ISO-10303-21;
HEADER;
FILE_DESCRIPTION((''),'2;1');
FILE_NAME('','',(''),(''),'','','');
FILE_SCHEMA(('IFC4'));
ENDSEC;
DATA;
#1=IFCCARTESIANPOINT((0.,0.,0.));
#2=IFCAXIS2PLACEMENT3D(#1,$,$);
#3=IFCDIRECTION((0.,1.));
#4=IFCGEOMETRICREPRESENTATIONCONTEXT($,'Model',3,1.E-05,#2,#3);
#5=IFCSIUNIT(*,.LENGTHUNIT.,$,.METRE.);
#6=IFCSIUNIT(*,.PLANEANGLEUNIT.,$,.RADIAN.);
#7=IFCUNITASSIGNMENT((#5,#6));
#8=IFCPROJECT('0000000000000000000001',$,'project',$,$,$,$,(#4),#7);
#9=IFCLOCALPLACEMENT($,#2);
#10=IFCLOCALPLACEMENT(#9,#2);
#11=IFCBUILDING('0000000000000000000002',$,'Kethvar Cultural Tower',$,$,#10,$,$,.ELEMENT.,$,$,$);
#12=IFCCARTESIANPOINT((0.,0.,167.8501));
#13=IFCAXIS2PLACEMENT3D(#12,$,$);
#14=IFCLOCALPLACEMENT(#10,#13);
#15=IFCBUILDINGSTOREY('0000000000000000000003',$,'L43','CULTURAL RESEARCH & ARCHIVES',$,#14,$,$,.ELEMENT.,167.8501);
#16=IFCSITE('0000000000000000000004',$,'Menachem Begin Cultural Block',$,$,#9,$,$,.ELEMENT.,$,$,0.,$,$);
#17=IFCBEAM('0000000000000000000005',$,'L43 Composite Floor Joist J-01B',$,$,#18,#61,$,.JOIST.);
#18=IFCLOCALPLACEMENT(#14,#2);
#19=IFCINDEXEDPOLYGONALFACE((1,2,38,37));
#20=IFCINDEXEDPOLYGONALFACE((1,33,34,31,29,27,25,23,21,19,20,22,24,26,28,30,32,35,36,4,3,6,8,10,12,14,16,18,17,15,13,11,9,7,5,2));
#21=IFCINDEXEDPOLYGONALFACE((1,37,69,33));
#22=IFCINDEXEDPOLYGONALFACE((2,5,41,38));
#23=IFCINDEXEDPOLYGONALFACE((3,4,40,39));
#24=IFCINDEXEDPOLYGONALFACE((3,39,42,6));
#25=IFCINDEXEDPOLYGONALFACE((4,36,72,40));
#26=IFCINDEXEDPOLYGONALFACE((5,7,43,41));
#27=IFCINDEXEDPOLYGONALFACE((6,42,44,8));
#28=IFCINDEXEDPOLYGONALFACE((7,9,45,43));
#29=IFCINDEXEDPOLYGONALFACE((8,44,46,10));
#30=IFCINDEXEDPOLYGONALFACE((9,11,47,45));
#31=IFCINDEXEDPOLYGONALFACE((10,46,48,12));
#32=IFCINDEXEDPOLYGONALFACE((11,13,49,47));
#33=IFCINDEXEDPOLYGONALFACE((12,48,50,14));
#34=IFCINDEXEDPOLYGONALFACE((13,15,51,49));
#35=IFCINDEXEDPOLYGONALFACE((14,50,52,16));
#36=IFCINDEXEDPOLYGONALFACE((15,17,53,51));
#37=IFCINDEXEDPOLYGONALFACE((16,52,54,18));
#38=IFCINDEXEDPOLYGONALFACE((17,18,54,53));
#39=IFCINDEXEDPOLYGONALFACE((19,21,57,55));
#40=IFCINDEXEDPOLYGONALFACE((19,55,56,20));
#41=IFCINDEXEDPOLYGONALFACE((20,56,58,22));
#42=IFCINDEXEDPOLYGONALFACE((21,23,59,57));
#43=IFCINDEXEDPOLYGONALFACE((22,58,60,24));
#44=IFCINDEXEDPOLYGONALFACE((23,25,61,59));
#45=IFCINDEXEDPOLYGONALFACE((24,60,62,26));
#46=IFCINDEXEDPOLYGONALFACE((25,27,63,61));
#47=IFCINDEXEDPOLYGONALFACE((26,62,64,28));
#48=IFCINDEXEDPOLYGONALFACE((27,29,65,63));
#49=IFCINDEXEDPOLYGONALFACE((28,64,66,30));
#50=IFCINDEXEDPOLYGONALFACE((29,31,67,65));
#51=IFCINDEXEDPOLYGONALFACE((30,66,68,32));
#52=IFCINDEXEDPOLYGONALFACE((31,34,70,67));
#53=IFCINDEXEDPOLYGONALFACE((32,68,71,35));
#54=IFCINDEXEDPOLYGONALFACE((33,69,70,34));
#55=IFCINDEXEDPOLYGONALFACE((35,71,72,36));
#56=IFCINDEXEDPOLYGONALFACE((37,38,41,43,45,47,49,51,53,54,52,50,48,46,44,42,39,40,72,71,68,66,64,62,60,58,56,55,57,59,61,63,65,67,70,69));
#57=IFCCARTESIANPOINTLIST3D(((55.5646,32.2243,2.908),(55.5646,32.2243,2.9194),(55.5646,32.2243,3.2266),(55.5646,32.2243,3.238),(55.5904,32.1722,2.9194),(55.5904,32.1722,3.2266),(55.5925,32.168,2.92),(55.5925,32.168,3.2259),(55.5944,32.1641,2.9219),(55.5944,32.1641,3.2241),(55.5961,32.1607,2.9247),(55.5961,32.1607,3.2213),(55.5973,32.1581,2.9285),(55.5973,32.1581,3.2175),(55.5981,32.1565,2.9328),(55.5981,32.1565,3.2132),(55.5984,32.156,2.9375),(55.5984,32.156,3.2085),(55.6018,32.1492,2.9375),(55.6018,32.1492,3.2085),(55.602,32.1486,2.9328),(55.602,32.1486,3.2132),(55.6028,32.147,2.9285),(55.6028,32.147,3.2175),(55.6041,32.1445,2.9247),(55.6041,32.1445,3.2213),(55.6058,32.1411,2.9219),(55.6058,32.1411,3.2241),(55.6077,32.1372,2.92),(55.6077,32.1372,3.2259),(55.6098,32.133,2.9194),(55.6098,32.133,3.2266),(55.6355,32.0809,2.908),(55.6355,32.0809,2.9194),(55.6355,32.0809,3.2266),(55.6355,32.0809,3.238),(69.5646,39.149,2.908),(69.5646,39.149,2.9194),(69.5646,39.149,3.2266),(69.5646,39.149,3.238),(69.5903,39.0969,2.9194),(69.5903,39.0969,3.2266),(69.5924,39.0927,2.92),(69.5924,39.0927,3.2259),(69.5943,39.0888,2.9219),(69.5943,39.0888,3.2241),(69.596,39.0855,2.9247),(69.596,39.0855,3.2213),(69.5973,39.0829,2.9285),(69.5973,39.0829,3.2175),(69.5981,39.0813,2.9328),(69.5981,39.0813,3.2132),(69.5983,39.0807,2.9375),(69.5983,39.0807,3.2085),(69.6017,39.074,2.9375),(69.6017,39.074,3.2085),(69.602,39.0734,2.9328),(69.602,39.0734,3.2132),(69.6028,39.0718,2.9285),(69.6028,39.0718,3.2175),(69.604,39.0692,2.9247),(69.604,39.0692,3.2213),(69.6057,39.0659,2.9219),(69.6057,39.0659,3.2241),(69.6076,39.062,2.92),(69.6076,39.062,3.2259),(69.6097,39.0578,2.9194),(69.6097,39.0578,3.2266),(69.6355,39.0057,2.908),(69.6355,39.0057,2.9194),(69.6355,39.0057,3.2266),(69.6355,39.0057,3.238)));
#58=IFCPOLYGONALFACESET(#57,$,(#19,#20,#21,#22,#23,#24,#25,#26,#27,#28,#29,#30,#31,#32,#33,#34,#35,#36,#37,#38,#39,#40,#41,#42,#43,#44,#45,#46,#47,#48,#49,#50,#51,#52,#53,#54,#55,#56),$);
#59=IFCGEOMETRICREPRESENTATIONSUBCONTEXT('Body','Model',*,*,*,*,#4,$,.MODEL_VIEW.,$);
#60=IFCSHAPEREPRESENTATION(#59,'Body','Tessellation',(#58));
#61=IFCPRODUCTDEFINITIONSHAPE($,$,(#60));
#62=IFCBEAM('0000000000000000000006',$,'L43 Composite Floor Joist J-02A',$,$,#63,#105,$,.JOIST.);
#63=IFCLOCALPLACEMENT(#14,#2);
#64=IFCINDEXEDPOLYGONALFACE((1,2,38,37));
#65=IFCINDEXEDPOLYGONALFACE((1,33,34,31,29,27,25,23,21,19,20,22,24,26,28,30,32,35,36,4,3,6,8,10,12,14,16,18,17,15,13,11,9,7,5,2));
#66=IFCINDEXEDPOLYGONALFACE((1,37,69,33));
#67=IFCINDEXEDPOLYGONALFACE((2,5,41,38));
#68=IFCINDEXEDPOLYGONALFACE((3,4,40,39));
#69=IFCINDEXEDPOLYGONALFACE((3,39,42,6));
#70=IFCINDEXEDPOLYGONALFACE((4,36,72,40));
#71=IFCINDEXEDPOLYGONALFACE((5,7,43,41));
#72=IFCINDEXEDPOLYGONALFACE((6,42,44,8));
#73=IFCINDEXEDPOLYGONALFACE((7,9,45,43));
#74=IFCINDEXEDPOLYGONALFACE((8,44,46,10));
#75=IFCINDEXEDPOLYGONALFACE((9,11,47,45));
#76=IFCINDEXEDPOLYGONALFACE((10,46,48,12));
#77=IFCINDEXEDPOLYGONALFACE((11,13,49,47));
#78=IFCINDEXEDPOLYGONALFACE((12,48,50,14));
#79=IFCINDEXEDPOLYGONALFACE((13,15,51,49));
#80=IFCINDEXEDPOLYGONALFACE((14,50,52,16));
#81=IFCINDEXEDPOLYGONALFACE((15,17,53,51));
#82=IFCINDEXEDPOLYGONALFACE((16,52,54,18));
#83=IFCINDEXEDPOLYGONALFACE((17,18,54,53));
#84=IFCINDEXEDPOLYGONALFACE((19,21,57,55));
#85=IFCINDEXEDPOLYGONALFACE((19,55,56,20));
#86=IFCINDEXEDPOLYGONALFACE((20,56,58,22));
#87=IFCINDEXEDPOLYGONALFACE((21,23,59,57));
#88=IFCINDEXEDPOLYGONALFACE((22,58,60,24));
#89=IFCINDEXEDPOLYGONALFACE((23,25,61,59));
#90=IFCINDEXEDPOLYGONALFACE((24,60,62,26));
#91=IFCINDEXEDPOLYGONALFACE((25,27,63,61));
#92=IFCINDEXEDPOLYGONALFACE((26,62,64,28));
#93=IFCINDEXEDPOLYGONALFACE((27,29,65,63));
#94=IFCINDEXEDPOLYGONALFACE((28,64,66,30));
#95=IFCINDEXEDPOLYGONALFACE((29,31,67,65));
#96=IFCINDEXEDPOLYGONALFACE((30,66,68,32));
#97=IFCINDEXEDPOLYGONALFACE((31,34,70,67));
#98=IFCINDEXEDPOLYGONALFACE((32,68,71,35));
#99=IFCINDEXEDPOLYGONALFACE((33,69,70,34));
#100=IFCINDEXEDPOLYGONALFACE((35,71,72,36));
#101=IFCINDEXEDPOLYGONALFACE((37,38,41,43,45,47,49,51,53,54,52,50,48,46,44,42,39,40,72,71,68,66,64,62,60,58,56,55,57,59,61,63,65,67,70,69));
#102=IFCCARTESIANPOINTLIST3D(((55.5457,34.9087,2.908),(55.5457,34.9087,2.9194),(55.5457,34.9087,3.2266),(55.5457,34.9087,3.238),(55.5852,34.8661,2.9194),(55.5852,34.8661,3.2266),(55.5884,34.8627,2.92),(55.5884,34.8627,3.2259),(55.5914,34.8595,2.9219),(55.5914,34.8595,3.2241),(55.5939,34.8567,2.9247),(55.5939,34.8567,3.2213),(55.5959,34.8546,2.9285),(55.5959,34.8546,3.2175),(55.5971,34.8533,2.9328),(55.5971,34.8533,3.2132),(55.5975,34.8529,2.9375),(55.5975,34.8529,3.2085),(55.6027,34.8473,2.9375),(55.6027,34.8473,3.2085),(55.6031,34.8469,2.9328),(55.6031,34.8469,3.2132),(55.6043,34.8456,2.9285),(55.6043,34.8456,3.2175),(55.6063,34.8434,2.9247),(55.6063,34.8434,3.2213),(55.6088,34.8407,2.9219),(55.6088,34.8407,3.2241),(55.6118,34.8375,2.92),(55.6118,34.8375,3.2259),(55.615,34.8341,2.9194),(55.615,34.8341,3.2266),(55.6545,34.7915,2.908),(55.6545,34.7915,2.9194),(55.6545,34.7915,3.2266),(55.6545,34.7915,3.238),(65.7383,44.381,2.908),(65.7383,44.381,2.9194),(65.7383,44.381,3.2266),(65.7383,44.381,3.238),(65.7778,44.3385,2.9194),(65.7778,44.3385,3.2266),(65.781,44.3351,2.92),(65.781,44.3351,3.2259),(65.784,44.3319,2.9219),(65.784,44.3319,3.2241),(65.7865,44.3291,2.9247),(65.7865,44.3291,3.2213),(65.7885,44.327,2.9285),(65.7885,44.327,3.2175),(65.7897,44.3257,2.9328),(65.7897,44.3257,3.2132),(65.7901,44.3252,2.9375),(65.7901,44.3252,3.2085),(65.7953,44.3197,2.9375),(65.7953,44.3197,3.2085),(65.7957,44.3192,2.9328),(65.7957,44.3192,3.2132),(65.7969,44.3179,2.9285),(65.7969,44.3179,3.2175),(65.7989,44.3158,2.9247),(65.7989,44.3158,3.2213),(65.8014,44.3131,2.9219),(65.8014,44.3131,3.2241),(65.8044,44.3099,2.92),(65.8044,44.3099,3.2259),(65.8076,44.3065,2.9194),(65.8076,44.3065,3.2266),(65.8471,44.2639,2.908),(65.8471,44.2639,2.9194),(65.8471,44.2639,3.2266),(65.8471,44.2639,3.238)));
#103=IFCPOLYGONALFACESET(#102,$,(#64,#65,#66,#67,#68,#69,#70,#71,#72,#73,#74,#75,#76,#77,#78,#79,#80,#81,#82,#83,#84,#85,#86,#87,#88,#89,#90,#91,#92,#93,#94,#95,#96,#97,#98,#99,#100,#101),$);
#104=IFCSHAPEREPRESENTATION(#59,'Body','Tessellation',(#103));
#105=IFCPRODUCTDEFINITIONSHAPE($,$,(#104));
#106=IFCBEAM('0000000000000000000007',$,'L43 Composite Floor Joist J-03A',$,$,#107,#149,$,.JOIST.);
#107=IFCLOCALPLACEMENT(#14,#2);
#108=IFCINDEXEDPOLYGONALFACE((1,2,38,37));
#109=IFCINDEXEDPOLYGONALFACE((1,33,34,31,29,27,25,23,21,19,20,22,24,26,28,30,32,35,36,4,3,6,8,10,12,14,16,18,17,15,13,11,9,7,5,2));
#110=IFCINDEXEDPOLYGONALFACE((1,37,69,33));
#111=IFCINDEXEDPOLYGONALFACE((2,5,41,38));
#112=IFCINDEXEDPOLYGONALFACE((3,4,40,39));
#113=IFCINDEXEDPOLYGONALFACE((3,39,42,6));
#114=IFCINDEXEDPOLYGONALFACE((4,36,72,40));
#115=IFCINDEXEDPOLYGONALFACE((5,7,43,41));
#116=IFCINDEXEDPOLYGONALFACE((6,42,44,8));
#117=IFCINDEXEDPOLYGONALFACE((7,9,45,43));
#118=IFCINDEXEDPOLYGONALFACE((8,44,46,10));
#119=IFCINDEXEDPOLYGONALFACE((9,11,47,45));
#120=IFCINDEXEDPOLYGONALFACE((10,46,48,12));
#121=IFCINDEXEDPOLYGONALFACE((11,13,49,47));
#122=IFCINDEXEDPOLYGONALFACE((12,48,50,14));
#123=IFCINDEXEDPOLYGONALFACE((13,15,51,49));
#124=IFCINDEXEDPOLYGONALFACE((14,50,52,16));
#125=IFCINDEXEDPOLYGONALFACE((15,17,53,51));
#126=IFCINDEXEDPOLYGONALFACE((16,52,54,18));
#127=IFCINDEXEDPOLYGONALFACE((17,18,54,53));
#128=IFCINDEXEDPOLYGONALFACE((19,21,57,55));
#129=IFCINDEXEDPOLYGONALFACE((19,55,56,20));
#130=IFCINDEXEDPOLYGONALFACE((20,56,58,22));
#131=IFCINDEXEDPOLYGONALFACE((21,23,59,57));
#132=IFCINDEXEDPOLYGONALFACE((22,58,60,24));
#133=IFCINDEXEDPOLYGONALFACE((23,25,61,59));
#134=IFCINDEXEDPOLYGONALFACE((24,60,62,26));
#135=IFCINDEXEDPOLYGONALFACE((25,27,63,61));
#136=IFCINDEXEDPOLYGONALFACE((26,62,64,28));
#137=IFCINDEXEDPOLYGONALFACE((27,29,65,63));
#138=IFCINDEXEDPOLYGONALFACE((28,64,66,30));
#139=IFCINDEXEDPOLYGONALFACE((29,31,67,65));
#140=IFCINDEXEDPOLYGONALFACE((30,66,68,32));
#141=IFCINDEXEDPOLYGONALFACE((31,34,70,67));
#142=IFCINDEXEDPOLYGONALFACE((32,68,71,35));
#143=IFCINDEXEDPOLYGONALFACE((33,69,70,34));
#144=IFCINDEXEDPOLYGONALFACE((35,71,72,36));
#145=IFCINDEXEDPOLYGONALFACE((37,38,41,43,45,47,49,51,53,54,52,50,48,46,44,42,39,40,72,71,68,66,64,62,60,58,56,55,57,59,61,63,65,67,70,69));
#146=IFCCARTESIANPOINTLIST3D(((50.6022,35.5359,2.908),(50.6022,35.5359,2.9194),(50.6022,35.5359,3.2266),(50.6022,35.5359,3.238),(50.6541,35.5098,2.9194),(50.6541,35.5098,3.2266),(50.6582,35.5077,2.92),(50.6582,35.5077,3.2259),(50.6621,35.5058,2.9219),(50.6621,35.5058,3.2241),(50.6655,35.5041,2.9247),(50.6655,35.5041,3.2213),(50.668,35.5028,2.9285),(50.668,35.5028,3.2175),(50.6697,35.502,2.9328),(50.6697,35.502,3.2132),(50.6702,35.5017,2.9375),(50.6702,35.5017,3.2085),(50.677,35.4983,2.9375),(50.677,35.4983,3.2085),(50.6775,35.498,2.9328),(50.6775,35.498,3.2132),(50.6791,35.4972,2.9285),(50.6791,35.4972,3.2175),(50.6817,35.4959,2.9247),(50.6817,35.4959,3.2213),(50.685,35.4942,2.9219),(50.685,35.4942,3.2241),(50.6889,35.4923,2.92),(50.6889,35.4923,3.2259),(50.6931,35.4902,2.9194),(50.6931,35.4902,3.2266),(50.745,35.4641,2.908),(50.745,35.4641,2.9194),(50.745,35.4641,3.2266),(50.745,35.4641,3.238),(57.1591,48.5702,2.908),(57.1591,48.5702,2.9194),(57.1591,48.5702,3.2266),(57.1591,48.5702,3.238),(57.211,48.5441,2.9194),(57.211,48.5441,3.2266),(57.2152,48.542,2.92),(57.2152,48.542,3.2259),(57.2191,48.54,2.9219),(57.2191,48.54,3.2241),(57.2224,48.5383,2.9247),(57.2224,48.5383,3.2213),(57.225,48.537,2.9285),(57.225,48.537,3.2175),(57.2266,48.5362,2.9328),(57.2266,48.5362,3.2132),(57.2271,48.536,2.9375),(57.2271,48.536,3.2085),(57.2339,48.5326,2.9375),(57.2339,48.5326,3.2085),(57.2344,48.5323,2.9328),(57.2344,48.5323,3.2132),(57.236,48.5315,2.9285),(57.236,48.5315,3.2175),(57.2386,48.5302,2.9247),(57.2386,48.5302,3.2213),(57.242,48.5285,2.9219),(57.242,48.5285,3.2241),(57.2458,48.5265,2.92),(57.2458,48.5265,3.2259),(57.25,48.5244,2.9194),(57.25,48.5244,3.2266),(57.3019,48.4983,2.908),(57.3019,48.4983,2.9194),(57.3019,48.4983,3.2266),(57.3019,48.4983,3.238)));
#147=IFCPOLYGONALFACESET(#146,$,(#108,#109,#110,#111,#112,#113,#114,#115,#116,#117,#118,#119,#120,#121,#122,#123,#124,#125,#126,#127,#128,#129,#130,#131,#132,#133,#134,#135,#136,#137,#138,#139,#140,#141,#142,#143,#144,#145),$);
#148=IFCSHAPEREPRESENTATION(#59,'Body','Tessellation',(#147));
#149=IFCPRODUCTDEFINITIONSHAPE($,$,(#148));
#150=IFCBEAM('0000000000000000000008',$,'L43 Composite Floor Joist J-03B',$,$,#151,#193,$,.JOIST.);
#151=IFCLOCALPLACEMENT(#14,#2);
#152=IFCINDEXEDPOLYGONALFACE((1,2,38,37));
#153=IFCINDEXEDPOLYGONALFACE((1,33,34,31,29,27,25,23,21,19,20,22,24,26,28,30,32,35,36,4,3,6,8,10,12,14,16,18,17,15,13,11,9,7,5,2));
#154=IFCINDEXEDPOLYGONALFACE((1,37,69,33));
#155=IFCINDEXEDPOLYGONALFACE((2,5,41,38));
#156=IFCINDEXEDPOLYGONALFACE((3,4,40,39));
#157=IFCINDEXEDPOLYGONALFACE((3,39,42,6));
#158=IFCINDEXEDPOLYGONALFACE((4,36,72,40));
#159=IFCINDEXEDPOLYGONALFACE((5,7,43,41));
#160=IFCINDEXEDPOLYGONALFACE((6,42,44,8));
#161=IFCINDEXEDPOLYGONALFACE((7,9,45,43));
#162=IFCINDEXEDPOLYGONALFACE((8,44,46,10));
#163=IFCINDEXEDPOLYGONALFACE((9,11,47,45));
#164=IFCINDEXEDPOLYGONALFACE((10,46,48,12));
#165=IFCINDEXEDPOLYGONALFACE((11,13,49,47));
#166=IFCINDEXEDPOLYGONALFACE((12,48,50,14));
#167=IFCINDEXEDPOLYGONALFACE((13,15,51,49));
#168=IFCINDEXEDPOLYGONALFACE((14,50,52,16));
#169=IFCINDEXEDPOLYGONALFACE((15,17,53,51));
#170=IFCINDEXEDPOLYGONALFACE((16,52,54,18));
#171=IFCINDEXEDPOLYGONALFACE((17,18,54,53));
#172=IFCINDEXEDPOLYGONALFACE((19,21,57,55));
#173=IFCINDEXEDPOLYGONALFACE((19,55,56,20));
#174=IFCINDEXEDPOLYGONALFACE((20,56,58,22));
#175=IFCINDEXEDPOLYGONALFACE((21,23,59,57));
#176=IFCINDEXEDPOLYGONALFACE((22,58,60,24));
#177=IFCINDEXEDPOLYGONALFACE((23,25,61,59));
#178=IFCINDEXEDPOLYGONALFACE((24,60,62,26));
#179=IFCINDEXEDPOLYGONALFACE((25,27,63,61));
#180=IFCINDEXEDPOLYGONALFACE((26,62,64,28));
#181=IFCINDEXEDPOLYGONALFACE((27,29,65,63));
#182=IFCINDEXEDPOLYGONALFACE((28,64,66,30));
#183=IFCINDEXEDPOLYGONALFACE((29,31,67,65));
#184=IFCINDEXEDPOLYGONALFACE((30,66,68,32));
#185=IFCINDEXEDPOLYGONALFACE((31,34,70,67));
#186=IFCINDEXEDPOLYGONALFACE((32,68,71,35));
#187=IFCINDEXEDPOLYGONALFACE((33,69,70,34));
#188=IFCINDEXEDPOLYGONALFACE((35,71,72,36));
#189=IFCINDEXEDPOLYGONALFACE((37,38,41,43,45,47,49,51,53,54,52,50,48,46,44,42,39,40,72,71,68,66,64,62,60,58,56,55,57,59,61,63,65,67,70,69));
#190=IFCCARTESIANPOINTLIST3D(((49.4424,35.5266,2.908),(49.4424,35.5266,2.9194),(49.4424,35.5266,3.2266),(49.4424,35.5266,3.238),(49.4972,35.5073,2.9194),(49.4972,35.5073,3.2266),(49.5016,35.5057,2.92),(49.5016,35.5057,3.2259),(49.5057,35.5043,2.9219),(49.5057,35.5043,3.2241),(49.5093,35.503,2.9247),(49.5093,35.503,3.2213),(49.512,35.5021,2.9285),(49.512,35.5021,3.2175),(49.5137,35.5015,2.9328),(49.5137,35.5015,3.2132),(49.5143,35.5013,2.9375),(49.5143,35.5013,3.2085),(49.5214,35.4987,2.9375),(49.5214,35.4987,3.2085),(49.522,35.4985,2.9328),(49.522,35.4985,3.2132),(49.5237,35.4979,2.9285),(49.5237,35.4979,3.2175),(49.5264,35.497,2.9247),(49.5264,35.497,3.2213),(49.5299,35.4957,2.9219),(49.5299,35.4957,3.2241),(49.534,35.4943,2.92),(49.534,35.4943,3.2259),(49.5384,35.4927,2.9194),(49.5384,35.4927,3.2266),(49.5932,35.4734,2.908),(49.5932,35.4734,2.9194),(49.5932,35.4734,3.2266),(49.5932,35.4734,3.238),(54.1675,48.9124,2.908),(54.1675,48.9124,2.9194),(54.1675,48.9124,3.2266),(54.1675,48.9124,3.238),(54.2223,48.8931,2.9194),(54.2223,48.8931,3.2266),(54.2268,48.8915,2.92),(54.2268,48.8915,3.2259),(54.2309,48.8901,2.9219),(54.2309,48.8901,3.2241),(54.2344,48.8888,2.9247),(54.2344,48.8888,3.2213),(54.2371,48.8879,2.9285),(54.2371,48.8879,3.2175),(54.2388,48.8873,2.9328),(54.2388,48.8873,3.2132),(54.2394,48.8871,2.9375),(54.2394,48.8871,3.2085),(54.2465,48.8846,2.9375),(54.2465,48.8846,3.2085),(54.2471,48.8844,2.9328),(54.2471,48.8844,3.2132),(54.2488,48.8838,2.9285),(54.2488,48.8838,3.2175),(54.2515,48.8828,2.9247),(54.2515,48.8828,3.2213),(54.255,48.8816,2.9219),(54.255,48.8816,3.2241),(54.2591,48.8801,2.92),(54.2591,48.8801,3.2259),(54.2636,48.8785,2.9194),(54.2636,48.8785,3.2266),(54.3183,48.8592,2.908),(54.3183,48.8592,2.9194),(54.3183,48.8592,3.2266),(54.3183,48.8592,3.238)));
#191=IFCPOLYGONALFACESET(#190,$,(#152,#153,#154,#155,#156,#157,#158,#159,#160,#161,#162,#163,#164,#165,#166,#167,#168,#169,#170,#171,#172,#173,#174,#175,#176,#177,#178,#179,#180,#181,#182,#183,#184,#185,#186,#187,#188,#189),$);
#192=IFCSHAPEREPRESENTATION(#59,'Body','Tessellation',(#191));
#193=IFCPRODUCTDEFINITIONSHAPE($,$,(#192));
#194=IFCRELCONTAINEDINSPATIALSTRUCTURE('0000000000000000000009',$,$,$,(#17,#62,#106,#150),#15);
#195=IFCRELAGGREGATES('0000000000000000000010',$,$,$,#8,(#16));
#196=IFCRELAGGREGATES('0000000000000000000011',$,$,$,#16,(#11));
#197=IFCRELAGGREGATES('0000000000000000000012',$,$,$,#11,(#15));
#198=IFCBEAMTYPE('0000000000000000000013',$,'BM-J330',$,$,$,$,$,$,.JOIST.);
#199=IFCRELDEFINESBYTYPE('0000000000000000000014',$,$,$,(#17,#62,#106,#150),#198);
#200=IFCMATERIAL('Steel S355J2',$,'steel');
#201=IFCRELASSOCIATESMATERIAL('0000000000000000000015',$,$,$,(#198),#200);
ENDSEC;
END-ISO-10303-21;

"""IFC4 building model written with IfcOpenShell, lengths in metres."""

from ifc_helpers import new_model, si_unit, direction, frame, origin, origin_2d, place, context, subcontext, project, spatial, i_section, extrude, source, transform, mapped, material, material_profile, profile_set, type_object, element, save


model = new_model("IFC4")

# Units and contexts
model_context = context("Model", 3, precision=1e-05, world=origin(), true_north=direction((0.0, 1.0)))
body_context = subcontext(model_context, "Body", "Model", "MODEL_VIEW")
ifc_project = project(units=[si_unit("LENGTHUNIT", "METRE"), si_unit("PLANEANGLEUNIT", "RADIAN")], contexts=[model_context])

# Site, building, storey
site_placement = place(None, origin())
site = spatial("IfcSite", under=ifc_project, at=site_placement, Name="Menachem Begin Cultural Block", CompositionType="ELEMENT", RefElevation=0.0)
building_placement = place(site_placement, origin())
building = spatial("IfcBuilding", under=site, at=building_placement, Name="Kethvar Cultural Tower", CompositionType="ELEMENT")
storey_placement = place(building_placement, frame((0.0, 0.0, 167.8501)))
storey = spatial("IfcBuildingStorey", under=building, at=storey_placement, Name="L43", Description="CULTURAL RESEARCH & ARCHIVES", CompositionType="ELEMENT", Elevation=167.8501)

# Beams
ifc_material_1 = material(Name="Steel S355J2", Category="steel")
ifc_material_profile_1 = material_profile(ifc_material_1, i_section(OverallWidth=0.1599, OverallDepth=0.3301, WebThickness=0.0076, FlangeThickness=0.0115, FilletRadius=0.0181, at=origin_2d()), Name="Steel S355J2 — IPE330")
ifc_profile_set_1 = profile_set([ifc_material_profile_1], Name="Steel S355J2 — IPE330")
beam_type_1 = type_object("IfcBeamType", Name="BM-J330", PredefinedType="JOIST", material=ifc_profile_set_1)
shared_shape_1 = source(origin(), body_context, "Body", "SweptSolid", [
    extrude(i_section(OverallWidth=0.1599, OverallDepth=0.3301, WebThickness=0.0076, FlangeThickness=0.0115, FilletRadius=0.0181, at=origin_2d()), origin(), (0.0, 0.0, 1.0), 15.6189),
])
beam_1_placement = place(storey_placement, frame((55.6001, 32.1526, 3.073), z_axis=(0.896345, 0.443358, 0.0), x_axis=(-0.443358, 0.896345, 0.0)))
element("IfcBeam", 1, at=beam_1_placement, inside=storey, type_object=beam_type_1, Name="L43 Composite Floor Joist J-01B", PredefinedType="JOIST", context=body_context, shape_type="MappedRepresentation", body=[
    mapped(shared_shape_1, transform((0.0, 0.0, 0.0), scale=1.0)),
])
shared_shape_2 = source(origin(), body_context, "Body", "SweptSolid", [
    extrude(i_section(OverallWidth=0.1599, OverallDepth=0.3301, WebThickness=0.0076, FlangeThickness=0.0115, FilletRadius=0.0181, at=origin_2d()), origin(), (0.0, 0.0, 1.0), 13.9146),
])
beam_2_placement = place(storey_placement, frame((55.6001, 34.8501, 3.073), z_axis=(0.732513, 0.680753, 0.0), x_axis=(-0.680753, 0.732513, 0.0)))
element("IfcBeam", 2, at=beam_2_placement, inside=storey, type_object=beam_type_1, Name="L43 Composite Floor Joist J-02A", PredefinedType="JOIST", context=body_context, shape_type="MappedRepresentation", body=[
    mapped(shared_shape_2, transform((0.0, 0.0, 0.0), scale=1.0)),
])
shared_shape_3 = source(origin(), body_context, "Body", "SweptSolid", [
    extrude(i_section(OverallWidth=0.1599, OverallDepth=0.3301, WebThickness=0.0076, FlangeThickness=0.0115, FilletRadius=0.0181, at=origin_2d()), origin(), (0.0, 0.0, 1.0), 14.5906),
])
beam_3_placement = place(storey_placement, frame((50.6736, 35.5, 3.073), z_axis=(0.449394, 0.893334, 0.0), x_axis=(-0.893334, 0.449394, 0.0)))
element("IfcBeam", 3, at=beam_3_placement, inside=storey, type_object=beam_type_1, Name="L43 Composite Floor Joist J-03A", PredefinedType="JOIST", context=body_context, shape_type="MappedRepresentation", body=[
    mapped(shared_shape_3, transform((0.0, 0.0, 0.0), scale=1.0)),
])
shared_shape_4 = source(origin(), body_context, "Body", "SweptSolid", [
    extrude(i_section(OverallWidth=0.1599, OverallDepth=0.3301, WebThickness=0.0076, FlangeThickness=0.0115, FilletRadius=0.0181, at=origin_2d()), origin(), (0.0, 0.0, 1.0), 14.1953),
])
beam_4_placement = place(storey_placement, frame((49.5178, 35.5, 3.073), z_axis=(0.332865, 0.942974, 0.0), x_axis=(-0.942974, 0.332865, 0.0)))
element("IfcBeam", 4, at=beam_4_placement, inside=storey, type_object=beam_type_1, Name="L43 Composite Floor Joist J-03B", PredefinedType="JOIST", context=body_context, shape_type="MappedRepresentation", body=[
    mapped(shared_shape_4, transform((0.0, 0.0, 0.0), scale=1.0)),
])

save(model, "model.ifc")
